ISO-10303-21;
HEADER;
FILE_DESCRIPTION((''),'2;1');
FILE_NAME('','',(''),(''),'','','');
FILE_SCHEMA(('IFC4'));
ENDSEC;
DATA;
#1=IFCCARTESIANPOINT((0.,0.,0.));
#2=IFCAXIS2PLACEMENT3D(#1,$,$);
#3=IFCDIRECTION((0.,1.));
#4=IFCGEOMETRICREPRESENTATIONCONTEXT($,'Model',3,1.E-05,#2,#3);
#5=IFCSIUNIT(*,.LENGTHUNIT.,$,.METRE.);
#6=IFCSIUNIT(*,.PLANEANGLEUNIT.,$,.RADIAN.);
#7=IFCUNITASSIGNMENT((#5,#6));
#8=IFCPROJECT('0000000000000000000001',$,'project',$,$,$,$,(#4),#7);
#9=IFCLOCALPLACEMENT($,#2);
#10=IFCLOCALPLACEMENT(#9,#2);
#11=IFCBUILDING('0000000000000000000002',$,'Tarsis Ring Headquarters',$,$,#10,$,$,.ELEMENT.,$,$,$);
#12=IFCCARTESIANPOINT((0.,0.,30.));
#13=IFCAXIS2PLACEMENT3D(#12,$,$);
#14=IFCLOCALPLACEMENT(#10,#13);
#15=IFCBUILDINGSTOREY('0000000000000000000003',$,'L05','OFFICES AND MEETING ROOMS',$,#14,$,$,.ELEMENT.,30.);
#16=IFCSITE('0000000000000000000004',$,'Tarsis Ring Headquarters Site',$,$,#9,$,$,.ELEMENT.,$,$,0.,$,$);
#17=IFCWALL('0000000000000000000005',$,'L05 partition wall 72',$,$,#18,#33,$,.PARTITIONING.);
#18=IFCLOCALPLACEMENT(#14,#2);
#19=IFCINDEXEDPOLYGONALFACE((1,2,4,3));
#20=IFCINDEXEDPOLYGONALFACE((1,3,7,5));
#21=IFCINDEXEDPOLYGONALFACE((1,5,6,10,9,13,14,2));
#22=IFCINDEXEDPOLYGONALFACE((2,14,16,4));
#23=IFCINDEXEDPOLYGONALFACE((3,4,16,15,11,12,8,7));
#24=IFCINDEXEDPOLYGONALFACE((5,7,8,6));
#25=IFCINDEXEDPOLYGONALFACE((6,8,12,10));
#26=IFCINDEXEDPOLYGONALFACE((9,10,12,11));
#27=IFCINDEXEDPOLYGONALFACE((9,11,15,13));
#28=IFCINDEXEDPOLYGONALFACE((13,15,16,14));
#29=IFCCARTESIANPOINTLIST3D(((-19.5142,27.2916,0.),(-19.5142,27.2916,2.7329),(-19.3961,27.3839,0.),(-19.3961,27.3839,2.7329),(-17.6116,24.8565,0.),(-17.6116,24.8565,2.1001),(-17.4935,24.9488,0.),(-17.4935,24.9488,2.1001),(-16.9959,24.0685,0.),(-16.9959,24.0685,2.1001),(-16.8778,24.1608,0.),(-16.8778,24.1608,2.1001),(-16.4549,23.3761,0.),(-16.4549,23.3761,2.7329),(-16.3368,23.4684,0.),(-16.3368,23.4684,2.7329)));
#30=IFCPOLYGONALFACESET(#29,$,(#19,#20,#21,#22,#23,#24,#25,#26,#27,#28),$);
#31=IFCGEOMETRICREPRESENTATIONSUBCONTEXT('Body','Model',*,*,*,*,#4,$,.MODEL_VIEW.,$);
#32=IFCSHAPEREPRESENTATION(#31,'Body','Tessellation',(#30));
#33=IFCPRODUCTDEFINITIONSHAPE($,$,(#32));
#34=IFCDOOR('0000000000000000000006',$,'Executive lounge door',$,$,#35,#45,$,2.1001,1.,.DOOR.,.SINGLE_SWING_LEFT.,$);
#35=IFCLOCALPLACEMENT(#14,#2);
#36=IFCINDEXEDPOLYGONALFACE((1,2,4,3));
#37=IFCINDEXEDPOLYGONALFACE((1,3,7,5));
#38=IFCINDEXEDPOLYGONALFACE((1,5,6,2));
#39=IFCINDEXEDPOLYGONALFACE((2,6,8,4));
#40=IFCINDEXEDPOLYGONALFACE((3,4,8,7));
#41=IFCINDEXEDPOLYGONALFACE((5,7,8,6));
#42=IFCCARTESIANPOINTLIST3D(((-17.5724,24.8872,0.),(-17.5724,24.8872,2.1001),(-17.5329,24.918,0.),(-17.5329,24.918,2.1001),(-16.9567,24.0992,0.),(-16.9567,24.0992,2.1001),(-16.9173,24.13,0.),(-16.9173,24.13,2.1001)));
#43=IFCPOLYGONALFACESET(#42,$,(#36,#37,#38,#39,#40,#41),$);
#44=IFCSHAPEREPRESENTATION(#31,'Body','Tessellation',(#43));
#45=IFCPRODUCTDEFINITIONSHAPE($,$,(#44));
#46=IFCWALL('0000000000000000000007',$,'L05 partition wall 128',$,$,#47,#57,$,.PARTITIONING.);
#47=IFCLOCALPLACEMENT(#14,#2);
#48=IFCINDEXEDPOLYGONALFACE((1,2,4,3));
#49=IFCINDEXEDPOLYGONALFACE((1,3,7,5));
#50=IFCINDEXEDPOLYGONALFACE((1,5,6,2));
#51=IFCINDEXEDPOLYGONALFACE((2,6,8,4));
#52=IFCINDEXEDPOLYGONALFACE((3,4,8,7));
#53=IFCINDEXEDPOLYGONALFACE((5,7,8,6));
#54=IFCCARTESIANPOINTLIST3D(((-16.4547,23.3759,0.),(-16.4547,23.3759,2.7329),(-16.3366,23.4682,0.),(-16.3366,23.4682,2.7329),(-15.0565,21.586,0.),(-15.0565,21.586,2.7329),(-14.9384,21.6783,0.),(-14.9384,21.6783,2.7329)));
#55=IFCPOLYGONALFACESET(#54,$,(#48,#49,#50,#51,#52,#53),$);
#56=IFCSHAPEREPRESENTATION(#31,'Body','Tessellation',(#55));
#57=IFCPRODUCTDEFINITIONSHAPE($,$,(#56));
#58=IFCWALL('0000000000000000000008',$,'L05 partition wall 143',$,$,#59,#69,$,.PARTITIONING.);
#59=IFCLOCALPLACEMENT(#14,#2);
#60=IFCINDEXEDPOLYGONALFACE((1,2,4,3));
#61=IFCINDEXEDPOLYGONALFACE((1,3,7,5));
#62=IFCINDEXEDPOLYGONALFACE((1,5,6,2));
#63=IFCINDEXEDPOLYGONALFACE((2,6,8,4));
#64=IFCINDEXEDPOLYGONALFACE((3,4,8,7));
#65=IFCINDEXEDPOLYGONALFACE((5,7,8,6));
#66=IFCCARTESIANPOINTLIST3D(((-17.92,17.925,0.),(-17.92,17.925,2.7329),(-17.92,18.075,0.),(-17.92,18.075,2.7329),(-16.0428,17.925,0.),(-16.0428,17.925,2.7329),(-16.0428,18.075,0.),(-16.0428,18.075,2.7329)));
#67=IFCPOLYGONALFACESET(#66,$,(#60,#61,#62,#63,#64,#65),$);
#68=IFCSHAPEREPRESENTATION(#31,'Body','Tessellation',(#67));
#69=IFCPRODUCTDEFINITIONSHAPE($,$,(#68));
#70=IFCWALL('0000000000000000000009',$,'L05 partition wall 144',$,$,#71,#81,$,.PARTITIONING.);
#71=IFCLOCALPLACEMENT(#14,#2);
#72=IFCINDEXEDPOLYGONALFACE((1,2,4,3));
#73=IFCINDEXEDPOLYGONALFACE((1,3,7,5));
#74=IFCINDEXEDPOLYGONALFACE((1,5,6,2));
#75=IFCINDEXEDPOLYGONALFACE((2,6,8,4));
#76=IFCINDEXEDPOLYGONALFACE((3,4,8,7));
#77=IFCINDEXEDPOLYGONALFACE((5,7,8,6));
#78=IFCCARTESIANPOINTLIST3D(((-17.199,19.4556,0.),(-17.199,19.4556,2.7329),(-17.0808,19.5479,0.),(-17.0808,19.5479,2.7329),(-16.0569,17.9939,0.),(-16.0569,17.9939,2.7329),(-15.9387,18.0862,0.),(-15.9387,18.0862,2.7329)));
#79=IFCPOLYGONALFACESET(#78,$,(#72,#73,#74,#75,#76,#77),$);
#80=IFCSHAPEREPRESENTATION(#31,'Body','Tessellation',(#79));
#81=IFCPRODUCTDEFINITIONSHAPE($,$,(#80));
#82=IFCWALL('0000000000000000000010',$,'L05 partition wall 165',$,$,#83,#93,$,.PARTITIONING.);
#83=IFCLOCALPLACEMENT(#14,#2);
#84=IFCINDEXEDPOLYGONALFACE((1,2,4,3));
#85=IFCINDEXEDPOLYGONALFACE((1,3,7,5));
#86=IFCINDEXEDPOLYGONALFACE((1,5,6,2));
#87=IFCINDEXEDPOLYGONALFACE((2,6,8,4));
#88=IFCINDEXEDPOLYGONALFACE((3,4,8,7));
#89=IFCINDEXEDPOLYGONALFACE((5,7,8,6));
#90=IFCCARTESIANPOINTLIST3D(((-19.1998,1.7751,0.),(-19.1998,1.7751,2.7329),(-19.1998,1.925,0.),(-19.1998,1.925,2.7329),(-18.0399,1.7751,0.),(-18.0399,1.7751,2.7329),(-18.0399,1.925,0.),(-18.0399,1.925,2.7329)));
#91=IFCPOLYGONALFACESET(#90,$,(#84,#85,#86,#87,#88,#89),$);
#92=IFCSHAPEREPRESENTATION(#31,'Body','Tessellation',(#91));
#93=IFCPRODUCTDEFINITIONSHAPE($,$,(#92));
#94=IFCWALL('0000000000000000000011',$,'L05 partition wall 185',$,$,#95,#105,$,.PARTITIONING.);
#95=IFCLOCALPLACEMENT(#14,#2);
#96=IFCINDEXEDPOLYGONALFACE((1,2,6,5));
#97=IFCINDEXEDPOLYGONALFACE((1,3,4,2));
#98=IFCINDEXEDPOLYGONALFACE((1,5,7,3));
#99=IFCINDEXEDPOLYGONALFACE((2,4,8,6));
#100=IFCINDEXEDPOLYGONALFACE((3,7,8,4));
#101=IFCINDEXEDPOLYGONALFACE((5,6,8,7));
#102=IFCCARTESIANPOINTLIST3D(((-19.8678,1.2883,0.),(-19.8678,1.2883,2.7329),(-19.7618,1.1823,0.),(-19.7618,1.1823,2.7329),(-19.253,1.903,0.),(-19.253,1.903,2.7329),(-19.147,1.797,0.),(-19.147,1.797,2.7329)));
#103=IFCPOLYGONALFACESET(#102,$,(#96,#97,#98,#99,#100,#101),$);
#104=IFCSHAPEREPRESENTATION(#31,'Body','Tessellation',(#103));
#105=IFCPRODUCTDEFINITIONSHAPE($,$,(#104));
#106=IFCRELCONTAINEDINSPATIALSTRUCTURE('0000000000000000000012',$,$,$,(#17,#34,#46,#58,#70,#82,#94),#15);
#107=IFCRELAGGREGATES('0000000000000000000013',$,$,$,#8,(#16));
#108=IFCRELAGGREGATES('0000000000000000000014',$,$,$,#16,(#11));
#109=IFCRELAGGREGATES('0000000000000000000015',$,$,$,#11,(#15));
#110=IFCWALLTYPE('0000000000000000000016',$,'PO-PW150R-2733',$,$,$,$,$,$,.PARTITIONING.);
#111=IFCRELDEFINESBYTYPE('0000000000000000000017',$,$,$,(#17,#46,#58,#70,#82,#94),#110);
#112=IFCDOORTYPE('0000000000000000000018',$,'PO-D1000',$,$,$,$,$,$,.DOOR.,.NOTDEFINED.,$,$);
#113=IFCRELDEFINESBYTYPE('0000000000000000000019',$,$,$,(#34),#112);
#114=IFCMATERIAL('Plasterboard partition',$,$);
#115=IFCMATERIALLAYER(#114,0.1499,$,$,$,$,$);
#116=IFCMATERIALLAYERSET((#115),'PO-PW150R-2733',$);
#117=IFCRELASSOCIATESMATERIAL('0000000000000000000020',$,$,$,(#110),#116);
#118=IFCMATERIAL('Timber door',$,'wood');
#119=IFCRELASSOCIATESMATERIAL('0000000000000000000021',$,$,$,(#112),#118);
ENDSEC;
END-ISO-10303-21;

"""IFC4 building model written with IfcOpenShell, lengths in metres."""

from ifc_helpers import new_model, si_unit, direction, frame, frame_2d, origin, place, context, subcontext, project, spatial, rectangle, extrude, material, layer, layer_set, type_object, element, fill, save


model = new_model("IFC4")

# Units and contexts
model_context = context("Model", 3, precision=1e-05, world=origin(), true_north=direction((0.0, 1.0)))
body_context = subcontext(model_context, "Body", "Model", "MODEL_VIEW")
ifc_project = project(units=[si_unit("LENGTHUNIT", "METRE"), si_unit("PLANEANGLEUNIT", "RADIAN")], contexts=[model_context])

# Site, building, storey
site_placement = place(None, origin())
site = spatial("IfcSite", under=ifc_project, at=site_placement, Name="Tarsis Ring Headquarters Site", CompositionType="ELEMENT", RefElevation=0.0)
building_placement = place(site_placement, origin())
building = spatial("IfcBuilding", under=site, at=building_placement, Name="Tarsis Ring Headquarters", CompositionType="ELEMENT")
storey_placement = place(building_placement, frame((0.0, 0.0, 30.0)))
storey = spatial("IfcBuildingStorey", under=building, at=storey_placement, Name="L05", Description="OFFICES AND MEETING ROOMS", CompositionType="ELEMENT", Elevation=30.0)

# Shared definitions
ifc_material_1 = material(Name="Plasterboard partition")

# Shared definitions
ifc_layer_1 = layer(ifc_material_1, 0.1499)
ifc_layer_set_1 = layer_set([ifc_layer_1], Name="PO-PW150R-2733")
wall_type_1 = type_object("IfcWallType", Name="PO-PW150R-2733", PredefinedType="PARTITIONING", material=ifc_layer_set_1)
ifc_material_2 = material(Name="Timber door", Category="wood")
door_type_1 = type_object("IfcDoorType", Name="PO-D1000", OperationType="NOTDEFINED", PredefinedType="DOOR", material=ifc_material_2)

# Wall, opening, door
wall_1_placement = place(storey_placement, frame((-19.4551, 27.3376, 0.0), z_axis=(0.0, 0.0, 1.0), x_axis=(0.615684, -0.787993, 0.0)))
wall_1 = element("IfcWall", 1, at=wall_1_placement, inside=storey, type_object=wall_type_1, Name="L05 partition wall 72", PredefinedType="PARTITIONING", context=body_context, shape_type="SweptSolid", body=[
    extrude(rectangle(XDim=4.969, YDim=0.1499, at=frame_2d((2.4844, 0.0))), origin(), (0.0, 0.0, 1.0), 2.7329),
])
opening_1_placement = place(wall_1_placement, frame((3.0901, 0.0, 0.0)))
opening_1 = element("IfcOpeningElement", 2, at=opening_1_placement, cuts=wall_1, PredefinedType="OPENING", context=body_context, shape_type="SweptSolid", body=[
    extrude(rectangle(XDim=1.0, YDim=2.1001, at=frame_2d((0.5, 1.05))), frame((0.0, 0.085, 0.0), z_axis=(0.0, -1.0, 0.0), x_axis=(1.0, 0.0, 0.0)), (0.0, 0.0, 1.0), 0.1699),
])
door_1_placement = place(opening_1_placement, origin())
door_1 = element("IfcDoor", 3, at=door_1_placement, inside=storey, type_object=door_type_1, Name="Executive lounge door", OperationType="SINGLE_SWING_LEFT", OverallHeight=2.1001, OverallWidth=1.0, PredefinedType="DOOR", context=body_context, shape_type="SweptSolid", body=[
    extrude(rectangle(XDim=1.0, YDim=2.1001, at=frame_2d((0.5, 1.05))), frame((0.0, 0.0249, 0.0), z_axis=(0.0, -1.0, 0.0), x_axis=(1.0, 0.0, 0.0)), (0.0, 0.0, 1.0), 0.05),
])
fill(opening_1, door_1)

# Walls
wall_2_placement = place(storey_placement, frame((-16.3958, 23.4221, 0.0), z_axis=(0.0, 0.0, 1.0), x_axis=(0.615621, -0.788042, 0.0)))
element("IfcWall", 4, at=wall_2_placement, inside=storey, type_object=wall_type_1, Name="L05 partition wall 128", PredefinedType="PARTITIONING", context=body_context, shape_type="SweptSolid", body=[
    extrude(rectangle(XDim=2.2712, YDim=0.1499, at=frame_2d((1.1357, 0.0))), origin(), (0.0, 0.0, 1.0), 2.7329),
])
wall_3_placement = place(storey_placement, frame((-17.9199, 18.0, 0.0), z_axis=(0.0, 0.0, 1.0), x_axis=(1.0, 0.0, 0.0)))
element("IfcWall", 5, at=wall_3_placement, inside=storey, type_object=wall_type_1, Name="L05 partition wall 143", PredefinedType="PARTITIONING", context=body_context, shape_type="SweptSolid", body=[
    extrude(rectangle(XDim=1.8772, YDim=0.1499, at=frame_2d((0.9385, 0.0))), origin(), (0.0, 0.0, 1.0), 2.7329),
])
wall_4_placement = place(storey_placement, frame((-15.9978, 18.04, 0.0), z_axis=(0.0, 0.0, 1.0), x_axis=(-0.615698, 0.787982, 0.0)))
element("IfcWall", 6, at=wall_4_placement, inside=storey, type_object=wall_type_1, Name="L05 partition wall 144", PredefinedType="PARTITIONING", context=body_context, shape_type="SweptSolid", body=[
    extrude(rectangle(XDim=1.855, YDim=0.1499, at=frame_2d((0.9275, 0.0))), origin(), (0.0, 0.0, 1.0), 2.7329),
])
wall_5_placement = place(storey_placement, frame((-19.2, 1.8501, 0.0), z_axis=(0.0, 0.0, 1.0), x_axis=(1.0, 0.0, 0.0)))
element("IfcWall", 7, at=wall_5_placement, inside=storey, type_object=wall_type_1, Name="L05 partition wall 165", PredefinedType="PARTITIONING", context=body_context, shape_type="SweptSolid", body=[
    extrude(rectangle(XDim=1.1599, YDim=0.1499, at=frame_2d((0.5801, 0.0))), origin(), (0.0, 0.0, 1.0), 2.7329),
])
wall_6_placement = place(storey_placement, frame((-19.8147, 1.2354, 0.0), z_axis=(0.0, 0.0, 1.0), x_axis=(0.707107, 0.707107, 0.0)))
element("IfcWall", 8, at=wall_6_placement, inside=storey, type_object=wall_type_1, Name="L05 partition wall 185", PredefinedType="PARTITIONING", context=body_context, shape_type="SweptSolid", body=[
    extrude(rectangle(XDim=0.8694, YDim=0.1499, at=frame_2d((0.4346, 0.0))), origin(), (0.0, 0.0, 1.0), 2.7329),
])

save(model, "model.ifc")
